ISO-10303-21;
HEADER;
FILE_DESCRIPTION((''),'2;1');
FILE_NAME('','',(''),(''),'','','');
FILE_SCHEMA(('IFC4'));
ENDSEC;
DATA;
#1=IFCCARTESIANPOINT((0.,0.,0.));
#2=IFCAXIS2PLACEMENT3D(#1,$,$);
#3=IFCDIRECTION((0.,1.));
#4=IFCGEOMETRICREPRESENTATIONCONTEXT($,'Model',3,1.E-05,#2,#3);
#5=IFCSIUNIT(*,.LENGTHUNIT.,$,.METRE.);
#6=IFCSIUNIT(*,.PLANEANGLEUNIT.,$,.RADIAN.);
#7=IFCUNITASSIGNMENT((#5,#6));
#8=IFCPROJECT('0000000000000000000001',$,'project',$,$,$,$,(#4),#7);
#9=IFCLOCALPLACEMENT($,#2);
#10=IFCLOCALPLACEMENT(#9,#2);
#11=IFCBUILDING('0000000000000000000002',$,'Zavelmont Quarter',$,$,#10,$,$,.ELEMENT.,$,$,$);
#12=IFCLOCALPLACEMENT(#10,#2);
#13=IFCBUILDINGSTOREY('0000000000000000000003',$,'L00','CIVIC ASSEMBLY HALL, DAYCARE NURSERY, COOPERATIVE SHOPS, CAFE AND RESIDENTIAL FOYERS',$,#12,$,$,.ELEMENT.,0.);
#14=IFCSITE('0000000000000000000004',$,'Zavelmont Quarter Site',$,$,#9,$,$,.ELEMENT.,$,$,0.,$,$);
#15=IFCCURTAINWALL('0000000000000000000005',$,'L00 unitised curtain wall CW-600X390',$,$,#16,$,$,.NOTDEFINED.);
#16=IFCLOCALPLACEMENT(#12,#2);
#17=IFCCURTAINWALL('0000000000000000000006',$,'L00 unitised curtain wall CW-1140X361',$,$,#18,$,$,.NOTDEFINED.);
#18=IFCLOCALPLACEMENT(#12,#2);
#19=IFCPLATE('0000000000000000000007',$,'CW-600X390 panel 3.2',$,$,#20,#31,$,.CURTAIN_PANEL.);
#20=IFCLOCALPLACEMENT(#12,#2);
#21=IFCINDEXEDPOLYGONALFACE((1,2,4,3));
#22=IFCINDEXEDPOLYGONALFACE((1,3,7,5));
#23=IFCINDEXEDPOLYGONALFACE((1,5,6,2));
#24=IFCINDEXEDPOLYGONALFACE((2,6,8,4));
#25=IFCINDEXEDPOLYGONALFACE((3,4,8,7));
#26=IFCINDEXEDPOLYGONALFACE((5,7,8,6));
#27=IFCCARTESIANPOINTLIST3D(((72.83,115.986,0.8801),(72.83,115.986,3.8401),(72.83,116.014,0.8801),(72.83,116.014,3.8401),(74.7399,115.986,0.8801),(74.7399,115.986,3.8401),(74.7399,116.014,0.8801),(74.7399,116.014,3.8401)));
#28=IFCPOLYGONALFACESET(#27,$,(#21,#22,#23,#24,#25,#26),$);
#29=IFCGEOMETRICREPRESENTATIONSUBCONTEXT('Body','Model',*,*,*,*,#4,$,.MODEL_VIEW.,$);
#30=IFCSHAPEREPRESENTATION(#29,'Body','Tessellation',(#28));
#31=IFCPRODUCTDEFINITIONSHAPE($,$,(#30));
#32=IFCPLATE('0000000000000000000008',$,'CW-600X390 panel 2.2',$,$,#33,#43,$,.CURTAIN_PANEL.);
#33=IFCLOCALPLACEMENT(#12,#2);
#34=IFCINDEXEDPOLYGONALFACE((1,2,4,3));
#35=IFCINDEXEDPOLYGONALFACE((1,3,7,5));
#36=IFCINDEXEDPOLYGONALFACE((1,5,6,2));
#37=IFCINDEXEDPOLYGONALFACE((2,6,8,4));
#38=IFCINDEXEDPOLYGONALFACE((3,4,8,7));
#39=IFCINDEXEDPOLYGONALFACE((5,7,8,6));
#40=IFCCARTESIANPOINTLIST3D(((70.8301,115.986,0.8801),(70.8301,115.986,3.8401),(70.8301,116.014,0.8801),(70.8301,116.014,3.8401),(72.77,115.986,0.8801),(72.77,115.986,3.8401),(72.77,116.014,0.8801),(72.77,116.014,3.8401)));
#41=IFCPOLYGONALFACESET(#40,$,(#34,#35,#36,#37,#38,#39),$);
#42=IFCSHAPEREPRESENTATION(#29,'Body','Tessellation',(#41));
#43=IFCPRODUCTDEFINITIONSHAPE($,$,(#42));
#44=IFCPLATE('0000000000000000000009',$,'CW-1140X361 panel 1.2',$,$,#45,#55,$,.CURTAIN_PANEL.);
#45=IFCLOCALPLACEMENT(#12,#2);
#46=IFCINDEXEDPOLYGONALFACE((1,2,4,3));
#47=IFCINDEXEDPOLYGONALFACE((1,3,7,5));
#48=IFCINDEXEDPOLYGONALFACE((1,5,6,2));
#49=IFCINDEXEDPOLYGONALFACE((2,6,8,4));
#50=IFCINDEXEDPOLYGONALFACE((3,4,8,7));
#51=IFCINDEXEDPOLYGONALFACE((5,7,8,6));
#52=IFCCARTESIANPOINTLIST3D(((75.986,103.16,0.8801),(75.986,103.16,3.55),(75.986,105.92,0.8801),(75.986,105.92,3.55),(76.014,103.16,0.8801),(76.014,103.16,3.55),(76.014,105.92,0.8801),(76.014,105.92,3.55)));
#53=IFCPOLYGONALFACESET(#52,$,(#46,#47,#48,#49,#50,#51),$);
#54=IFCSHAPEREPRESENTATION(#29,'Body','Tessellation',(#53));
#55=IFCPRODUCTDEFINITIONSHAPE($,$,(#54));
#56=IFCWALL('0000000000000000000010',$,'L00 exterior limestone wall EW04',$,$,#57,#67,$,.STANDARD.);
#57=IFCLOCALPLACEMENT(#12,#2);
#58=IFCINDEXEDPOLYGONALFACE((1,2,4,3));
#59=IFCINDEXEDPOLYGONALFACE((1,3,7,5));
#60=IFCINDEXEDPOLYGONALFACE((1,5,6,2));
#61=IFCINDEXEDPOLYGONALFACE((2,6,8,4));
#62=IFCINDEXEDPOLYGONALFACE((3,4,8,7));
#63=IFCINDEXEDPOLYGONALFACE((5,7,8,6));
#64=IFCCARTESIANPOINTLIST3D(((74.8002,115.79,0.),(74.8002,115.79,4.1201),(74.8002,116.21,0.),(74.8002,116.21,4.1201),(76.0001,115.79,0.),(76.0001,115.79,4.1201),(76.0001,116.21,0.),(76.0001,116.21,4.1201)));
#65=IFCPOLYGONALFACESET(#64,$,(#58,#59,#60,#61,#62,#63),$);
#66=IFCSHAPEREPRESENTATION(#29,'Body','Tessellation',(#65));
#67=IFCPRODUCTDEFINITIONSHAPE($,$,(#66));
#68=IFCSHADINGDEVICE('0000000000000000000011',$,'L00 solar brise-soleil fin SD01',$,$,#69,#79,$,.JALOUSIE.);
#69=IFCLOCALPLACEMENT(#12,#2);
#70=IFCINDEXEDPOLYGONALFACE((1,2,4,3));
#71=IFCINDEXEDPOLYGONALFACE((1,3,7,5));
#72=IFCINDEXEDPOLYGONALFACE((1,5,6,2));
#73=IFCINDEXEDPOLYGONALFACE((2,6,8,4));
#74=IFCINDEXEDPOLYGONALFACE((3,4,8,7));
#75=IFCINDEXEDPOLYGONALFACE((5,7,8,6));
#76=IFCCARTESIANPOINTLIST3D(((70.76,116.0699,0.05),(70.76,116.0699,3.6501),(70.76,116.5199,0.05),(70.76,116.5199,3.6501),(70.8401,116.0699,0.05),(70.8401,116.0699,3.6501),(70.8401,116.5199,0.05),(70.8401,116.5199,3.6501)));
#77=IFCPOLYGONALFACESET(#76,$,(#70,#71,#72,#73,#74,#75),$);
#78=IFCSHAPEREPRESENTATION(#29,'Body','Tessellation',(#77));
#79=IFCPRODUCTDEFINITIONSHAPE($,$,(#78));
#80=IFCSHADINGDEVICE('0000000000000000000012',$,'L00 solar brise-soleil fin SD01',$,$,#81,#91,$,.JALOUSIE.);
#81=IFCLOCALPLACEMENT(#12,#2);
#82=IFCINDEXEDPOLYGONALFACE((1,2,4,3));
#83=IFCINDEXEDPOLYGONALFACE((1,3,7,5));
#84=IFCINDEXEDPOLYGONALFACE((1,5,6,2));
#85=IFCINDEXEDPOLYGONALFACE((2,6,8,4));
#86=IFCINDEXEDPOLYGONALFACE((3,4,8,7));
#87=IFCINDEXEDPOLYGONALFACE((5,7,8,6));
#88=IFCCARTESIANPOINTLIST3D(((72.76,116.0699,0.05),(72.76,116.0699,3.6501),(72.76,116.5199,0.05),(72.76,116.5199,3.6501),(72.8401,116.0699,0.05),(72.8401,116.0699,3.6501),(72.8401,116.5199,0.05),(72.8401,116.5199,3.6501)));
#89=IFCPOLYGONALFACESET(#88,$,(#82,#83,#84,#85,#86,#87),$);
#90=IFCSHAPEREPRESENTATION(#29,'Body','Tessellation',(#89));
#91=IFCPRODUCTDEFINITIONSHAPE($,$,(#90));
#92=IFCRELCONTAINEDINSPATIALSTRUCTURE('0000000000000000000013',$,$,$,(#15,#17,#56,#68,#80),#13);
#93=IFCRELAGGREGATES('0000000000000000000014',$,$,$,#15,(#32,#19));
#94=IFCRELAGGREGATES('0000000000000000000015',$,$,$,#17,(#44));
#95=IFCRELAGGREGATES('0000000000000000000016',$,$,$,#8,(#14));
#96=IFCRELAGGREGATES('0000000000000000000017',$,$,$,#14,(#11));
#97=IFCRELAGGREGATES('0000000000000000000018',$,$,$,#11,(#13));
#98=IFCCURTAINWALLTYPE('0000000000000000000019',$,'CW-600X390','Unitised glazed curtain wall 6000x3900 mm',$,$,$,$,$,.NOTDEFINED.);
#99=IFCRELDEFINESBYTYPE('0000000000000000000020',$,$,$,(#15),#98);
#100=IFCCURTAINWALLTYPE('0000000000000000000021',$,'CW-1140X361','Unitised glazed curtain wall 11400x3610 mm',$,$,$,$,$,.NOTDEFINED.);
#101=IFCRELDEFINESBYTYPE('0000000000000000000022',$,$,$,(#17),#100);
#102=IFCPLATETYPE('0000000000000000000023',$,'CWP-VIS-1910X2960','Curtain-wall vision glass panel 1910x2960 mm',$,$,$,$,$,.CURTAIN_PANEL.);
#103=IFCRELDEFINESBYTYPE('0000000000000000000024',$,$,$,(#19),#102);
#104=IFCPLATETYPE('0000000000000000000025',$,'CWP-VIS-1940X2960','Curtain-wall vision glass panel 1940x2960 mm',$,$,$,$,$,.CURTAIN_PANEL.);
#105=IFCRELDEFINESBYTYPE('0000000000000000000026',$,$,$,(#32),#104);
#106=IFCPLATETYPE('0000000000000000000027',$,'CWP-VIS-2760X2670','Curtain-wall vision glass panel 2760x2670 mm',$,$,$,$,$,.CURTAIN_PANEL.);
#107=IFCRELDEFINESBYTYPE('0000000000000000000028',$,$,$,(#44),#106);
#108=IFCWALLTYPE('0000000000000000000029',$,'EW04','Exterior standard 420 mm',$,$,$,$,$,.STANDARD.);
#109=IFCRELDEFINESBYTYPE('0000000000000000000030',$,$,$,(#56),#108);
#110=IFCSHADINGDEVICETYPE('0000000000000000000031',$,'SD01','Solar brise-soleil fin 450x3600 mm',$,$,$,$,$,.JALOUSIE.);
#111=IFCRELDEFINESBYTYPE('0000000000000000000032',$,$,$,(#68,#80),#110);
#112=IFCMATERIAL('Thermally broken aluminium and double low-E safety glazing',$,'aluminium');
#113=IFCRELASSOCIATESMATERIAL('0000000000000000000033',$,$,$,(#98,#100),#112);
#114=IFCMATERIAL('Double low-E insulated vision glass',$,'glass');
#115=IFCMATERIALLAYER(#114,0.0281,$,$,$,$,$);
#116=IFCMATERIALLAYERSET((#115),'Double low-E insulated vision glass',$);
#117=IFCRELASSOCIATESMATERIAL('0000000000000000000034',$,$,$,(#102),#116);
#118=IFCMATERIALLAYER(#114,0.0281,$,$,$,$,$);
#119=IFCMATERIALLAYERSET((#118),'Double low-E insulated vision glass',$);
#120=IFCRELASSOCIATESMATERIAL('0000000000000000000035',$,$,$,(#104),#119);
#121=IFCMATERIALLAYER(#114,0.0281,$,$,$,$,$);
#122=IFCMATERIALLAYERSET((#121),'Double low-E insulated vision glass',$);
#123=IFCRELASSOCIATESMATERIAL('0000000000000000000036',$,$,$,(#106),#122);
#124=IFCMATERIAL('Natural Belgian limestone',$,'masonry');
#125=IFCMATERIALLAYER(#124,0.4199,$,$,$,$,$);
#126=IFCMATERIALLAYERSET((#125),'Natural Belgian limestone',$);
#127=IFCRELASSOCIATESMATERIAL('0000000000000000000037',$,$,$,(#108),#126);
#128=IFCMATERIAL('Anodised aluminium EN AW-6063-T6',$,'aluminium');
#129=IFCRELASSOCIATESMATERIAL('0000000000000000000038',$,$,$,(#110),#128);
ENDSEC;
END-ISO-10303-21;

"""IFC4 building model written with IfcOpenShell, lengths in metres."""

from ifc_helpers import new_model, si_unit, direction, frame, frame_2d, origin, origin_2d, place, context, subcontext, project, spatial, rectangle, extrude, material, layer, layer_set, type_object, element, aggregate, save


model = new_model("IFC4")

# Units and contexts
model_context = context("Model", 3, precision=1e-05, world=origin(), true_north=direction((0.0, 1.0)))
body_context = subcontext(model_context, "Body", "Model", "MODEL_VIEW")
ifc_project = project(units=[si_unit("LENGTHUNIT", "METRE"), si_unit("PLANEANGLEUNIT", "RADIAN")], contexts=[model_context])

# Site, building, storey
site_placement = place(None, origin())
site = spatial("IfcSite", under=ifc_project, at=site_placement, Name="Zavelmont Quarter Site", CompositionType="ELEMENT", RefElevation=0.0)
building_placement = place(site_placement, origin())
building = spatial("IfcBuilding", under=site, at=building_placement, Name="Zavelmont Quarter", CompositionType="ELEMENT")
storey_placement = place(building_placement, origin())
storey = spatial("IfcBuildingStorey", under=building, at=storey_placement, Name="L00", Description="CIVIC ASSEMBLY HALL, DAYCARE NURSERY, COOPERATIVE SHOPS, CAFE AND RESIDENTIAL FOYERS", CompositionType="ELEMENT", Elevation=0.0)

# Curtain walls
ifc_material_1 = material(Name="Thermally broken aluminium and double low-E safety glazing", Category="aluminium")
curtain_wall_type_1 = type_object("IfcCurtainWallType", Name="CW-600X390", Description="Unitised glazed curtain wall 6000x3900 mm", PredefinedType="NOTDEFINED", material=ifc_material_1)
curtain_wall_1_placement = place(storey_placement, origin())
curtain_wall_1 = element("IfcCurtainWall", 1, at=curtain_wall_1_placement, inside=storey, type_object=curtain_wall_type_1, Name="L00 unitised curtain wall CW-600X390", PredefinedType="NOTDEFINED")
curtain_wall_type_2 = type_object("IfcCurtainWallType", Name="CW-1140X361", Description="Unitised glazed curtain wall 11400x3610 mm", PredefinedType="NOTDEFINED", material=ifc_material_1)
curtain_wall_2_placement = place(storey_placement, origin())
curtain_wall_2 = element("IfcCurtainWall", 2, at=curtain_wall_2_placement, inside=storey, type_object=curtain_wall_type_2, Name="L00 unitised curtain wall CW-1140X361", PredefinedType="NOTDEFINED")

# Plates
ifc_material_2 = material(Name="Double low-E insulated vision glass", Category="glass")
ifc_layer_1 = layer(ifc_material_2, 0.0281)
ifc_layer_set_1 = layer_set([ifc_layer_1], Name="Double low-E insulated vision glass")
plate_type_1 = type_object("IfcPlateType", Name="CWP-VIS-1910X2960", Description="Curtain-wall vision glass panel 1910x2960 mm", PredefinedType="CURTAIN_PANEL", material=ifc_layer_set_1)
plate_1_placement = place(storey_placement, frame((73.7849, 116.0, 0.8801), z_axis=(0.0, 0.0, 1.0), x_axis=(1.0, 0.0, 0.0)))
plate_1 = element("IfcPlate", 3, at=plate_1_placement, type_object=plate_type_1, Name="CW-600X390 panel 3.2", PredefinedType="CURTAIN_PANEL", context=body_context, shape_type="SweptSolid", body=[
    extrude(rectangle(XDim=1.9099, YDim=0.0281, at=origin_2d()), origin(), (0.0, 0.0, 1.0), 2.96),
])
ifc_layer_2 = layer(ifc_material_2, 0.0281)
ifc_layer_set_2 = layer_set([ifc_layer_2], Name="Double low-E insulated vision glass")
plate_type_2 = type_object("IfcPlateType", Name="CWP-VIS-1940X2960", Description="Curtain-wall vision glass panel 1940x2960 mm", PredefinedType="CURTAIN_PANEL", material=ifc_layer_set_2)
plate_2_placement = place(storey_placement, frame((71.8, 116.0, 0.8801), z_axis=(0.0, 0.0, 1.0), x_axis=(1.0, 0.0, 0.0)))
plate_2 = element("IfcPlate", 4, at=plate_2_placement, type_object=plate_type_2, Name="CW-600X390 panel 2.2", PredefinedType="CURTAIN_PANEL", context=body_context, shape_type="SweptSolid", body=[
    extrude(rectangle(XDim=1.9399, YDim=0.0281, at=origin_2d()), origin(), (0.0, 0.0, 1.0), 2.96),
])
aggregate(curtain_wall_1, [plate_2, plate_1])
ifc_layer_3 = layer(ifc_material_2, 0.0281)
ifc_layer_set_3 = layer_set([ifc_layer_3], Name="Double low-E insulated vision glass")
plate_type_3 = type_object("IfcPlateType", Name="CWP-VIS-2760X2670", Description="Curtain-wall vision glass panel 2760x2670 mm", PredefinedType="CURTAIN_PANEL", material=ifc_layer_set_3)
plate_3_placement = place(storey_placement, frame((76.0, 104.54, 0.8801), z_axis=(0.0, 0.0, 1.0), x_axis=(0.0, 1.0, 0.0)))
plate_3 = element("IfcPlate", 5, at=plate_3_placement, type_object=plate_type_3, Name="CW-1140X361 panel 1.2", PredefinedType="CURTAIN_PANEL", context=body_context, shape_type="SweptSolid", body=[
    extrude(rectangle(XDim=2.76, YDim=0.0281, at=origin_2d()), origin(), (0.0, 0.0, 1.0), 2.6699),
])
aggregate(curtain_wall_2, [plate_3])

# Wall
ifc_material_3 = material(Name="Natural Belgian limestone", Category="masonry")
ifc_layer_4 = layer(ifc_material_3, 0.4199)
ifc_layer_set_4 = layer_set([ifc_layer_4], Name="Natural Belgian limestone")
wall_type = type_object("IfcWallType", Name="EW04", Description="Exterior standard 420 mm", PredefinedType="STANDARD", material=ifc_layer_set_4)
wall_placement = place(storey_placement, frame((74.8, 116.0, 0.0), z_axis=(0.0, 0.0, 1.0), x_axis=(1.0, 0.0, 0.0)))
element("IfcWall", 6, at=wall_placement, inside=storey, type_object=wall_type, Name="L00 exterior limestone wall EW04", PredefinedType="STANDARD", context=body_context, shape_type="SweptSolid", body=[
    extrude(rectangle(XDim=1.2, YDim=0.4199, at=frame_2d((0.6001, 0.0))), origin(), (0.0, 0.0, 1.0), 4.1201),
])

# Shading devices
ifc_material_4 = material(Name="Anodised aluminium EN AW-6063-T6", Category="aluminium")
shading_device_type = type_object("IfcShadingDeviceType", Name="SD01", Description="Solar brise-soleil fin 450x3600 mm", PredefinedType="JALOUSIE", material=ifc_material_4)
for number, where, z_axis, x_axis, name in (
    (7, (70.8, 116.2949, 0.05), (0.0, 0.0, 1.0), (1.0, 0.0, 0.0), "L00 solar brise-soleil fin SD01"),
    (8, (72.8, 116.2949, 0.05), (0.0, 0.0, 1.0), (1.0, 0.0, 0.0), "L00 solar brise-soleil fin SD01"),
):
    element("IfcShadingDevice", number, at=place(storey_placement, frame(where, z_axis=z_axis, x_axis=x_axis)), inside=storey, type_object=shading_device_type, Name=name, PredefinedType="JALOUSIE", context=body_context, shape_type="SweptSolid", body=[
        extrude(rectangle(XDim=0.0801, YDim=0.45, at=origin_2d()), origin(), (0.0, 0.0, 1.0), 3.6001),
    ])

save(model, "model.ifc")
